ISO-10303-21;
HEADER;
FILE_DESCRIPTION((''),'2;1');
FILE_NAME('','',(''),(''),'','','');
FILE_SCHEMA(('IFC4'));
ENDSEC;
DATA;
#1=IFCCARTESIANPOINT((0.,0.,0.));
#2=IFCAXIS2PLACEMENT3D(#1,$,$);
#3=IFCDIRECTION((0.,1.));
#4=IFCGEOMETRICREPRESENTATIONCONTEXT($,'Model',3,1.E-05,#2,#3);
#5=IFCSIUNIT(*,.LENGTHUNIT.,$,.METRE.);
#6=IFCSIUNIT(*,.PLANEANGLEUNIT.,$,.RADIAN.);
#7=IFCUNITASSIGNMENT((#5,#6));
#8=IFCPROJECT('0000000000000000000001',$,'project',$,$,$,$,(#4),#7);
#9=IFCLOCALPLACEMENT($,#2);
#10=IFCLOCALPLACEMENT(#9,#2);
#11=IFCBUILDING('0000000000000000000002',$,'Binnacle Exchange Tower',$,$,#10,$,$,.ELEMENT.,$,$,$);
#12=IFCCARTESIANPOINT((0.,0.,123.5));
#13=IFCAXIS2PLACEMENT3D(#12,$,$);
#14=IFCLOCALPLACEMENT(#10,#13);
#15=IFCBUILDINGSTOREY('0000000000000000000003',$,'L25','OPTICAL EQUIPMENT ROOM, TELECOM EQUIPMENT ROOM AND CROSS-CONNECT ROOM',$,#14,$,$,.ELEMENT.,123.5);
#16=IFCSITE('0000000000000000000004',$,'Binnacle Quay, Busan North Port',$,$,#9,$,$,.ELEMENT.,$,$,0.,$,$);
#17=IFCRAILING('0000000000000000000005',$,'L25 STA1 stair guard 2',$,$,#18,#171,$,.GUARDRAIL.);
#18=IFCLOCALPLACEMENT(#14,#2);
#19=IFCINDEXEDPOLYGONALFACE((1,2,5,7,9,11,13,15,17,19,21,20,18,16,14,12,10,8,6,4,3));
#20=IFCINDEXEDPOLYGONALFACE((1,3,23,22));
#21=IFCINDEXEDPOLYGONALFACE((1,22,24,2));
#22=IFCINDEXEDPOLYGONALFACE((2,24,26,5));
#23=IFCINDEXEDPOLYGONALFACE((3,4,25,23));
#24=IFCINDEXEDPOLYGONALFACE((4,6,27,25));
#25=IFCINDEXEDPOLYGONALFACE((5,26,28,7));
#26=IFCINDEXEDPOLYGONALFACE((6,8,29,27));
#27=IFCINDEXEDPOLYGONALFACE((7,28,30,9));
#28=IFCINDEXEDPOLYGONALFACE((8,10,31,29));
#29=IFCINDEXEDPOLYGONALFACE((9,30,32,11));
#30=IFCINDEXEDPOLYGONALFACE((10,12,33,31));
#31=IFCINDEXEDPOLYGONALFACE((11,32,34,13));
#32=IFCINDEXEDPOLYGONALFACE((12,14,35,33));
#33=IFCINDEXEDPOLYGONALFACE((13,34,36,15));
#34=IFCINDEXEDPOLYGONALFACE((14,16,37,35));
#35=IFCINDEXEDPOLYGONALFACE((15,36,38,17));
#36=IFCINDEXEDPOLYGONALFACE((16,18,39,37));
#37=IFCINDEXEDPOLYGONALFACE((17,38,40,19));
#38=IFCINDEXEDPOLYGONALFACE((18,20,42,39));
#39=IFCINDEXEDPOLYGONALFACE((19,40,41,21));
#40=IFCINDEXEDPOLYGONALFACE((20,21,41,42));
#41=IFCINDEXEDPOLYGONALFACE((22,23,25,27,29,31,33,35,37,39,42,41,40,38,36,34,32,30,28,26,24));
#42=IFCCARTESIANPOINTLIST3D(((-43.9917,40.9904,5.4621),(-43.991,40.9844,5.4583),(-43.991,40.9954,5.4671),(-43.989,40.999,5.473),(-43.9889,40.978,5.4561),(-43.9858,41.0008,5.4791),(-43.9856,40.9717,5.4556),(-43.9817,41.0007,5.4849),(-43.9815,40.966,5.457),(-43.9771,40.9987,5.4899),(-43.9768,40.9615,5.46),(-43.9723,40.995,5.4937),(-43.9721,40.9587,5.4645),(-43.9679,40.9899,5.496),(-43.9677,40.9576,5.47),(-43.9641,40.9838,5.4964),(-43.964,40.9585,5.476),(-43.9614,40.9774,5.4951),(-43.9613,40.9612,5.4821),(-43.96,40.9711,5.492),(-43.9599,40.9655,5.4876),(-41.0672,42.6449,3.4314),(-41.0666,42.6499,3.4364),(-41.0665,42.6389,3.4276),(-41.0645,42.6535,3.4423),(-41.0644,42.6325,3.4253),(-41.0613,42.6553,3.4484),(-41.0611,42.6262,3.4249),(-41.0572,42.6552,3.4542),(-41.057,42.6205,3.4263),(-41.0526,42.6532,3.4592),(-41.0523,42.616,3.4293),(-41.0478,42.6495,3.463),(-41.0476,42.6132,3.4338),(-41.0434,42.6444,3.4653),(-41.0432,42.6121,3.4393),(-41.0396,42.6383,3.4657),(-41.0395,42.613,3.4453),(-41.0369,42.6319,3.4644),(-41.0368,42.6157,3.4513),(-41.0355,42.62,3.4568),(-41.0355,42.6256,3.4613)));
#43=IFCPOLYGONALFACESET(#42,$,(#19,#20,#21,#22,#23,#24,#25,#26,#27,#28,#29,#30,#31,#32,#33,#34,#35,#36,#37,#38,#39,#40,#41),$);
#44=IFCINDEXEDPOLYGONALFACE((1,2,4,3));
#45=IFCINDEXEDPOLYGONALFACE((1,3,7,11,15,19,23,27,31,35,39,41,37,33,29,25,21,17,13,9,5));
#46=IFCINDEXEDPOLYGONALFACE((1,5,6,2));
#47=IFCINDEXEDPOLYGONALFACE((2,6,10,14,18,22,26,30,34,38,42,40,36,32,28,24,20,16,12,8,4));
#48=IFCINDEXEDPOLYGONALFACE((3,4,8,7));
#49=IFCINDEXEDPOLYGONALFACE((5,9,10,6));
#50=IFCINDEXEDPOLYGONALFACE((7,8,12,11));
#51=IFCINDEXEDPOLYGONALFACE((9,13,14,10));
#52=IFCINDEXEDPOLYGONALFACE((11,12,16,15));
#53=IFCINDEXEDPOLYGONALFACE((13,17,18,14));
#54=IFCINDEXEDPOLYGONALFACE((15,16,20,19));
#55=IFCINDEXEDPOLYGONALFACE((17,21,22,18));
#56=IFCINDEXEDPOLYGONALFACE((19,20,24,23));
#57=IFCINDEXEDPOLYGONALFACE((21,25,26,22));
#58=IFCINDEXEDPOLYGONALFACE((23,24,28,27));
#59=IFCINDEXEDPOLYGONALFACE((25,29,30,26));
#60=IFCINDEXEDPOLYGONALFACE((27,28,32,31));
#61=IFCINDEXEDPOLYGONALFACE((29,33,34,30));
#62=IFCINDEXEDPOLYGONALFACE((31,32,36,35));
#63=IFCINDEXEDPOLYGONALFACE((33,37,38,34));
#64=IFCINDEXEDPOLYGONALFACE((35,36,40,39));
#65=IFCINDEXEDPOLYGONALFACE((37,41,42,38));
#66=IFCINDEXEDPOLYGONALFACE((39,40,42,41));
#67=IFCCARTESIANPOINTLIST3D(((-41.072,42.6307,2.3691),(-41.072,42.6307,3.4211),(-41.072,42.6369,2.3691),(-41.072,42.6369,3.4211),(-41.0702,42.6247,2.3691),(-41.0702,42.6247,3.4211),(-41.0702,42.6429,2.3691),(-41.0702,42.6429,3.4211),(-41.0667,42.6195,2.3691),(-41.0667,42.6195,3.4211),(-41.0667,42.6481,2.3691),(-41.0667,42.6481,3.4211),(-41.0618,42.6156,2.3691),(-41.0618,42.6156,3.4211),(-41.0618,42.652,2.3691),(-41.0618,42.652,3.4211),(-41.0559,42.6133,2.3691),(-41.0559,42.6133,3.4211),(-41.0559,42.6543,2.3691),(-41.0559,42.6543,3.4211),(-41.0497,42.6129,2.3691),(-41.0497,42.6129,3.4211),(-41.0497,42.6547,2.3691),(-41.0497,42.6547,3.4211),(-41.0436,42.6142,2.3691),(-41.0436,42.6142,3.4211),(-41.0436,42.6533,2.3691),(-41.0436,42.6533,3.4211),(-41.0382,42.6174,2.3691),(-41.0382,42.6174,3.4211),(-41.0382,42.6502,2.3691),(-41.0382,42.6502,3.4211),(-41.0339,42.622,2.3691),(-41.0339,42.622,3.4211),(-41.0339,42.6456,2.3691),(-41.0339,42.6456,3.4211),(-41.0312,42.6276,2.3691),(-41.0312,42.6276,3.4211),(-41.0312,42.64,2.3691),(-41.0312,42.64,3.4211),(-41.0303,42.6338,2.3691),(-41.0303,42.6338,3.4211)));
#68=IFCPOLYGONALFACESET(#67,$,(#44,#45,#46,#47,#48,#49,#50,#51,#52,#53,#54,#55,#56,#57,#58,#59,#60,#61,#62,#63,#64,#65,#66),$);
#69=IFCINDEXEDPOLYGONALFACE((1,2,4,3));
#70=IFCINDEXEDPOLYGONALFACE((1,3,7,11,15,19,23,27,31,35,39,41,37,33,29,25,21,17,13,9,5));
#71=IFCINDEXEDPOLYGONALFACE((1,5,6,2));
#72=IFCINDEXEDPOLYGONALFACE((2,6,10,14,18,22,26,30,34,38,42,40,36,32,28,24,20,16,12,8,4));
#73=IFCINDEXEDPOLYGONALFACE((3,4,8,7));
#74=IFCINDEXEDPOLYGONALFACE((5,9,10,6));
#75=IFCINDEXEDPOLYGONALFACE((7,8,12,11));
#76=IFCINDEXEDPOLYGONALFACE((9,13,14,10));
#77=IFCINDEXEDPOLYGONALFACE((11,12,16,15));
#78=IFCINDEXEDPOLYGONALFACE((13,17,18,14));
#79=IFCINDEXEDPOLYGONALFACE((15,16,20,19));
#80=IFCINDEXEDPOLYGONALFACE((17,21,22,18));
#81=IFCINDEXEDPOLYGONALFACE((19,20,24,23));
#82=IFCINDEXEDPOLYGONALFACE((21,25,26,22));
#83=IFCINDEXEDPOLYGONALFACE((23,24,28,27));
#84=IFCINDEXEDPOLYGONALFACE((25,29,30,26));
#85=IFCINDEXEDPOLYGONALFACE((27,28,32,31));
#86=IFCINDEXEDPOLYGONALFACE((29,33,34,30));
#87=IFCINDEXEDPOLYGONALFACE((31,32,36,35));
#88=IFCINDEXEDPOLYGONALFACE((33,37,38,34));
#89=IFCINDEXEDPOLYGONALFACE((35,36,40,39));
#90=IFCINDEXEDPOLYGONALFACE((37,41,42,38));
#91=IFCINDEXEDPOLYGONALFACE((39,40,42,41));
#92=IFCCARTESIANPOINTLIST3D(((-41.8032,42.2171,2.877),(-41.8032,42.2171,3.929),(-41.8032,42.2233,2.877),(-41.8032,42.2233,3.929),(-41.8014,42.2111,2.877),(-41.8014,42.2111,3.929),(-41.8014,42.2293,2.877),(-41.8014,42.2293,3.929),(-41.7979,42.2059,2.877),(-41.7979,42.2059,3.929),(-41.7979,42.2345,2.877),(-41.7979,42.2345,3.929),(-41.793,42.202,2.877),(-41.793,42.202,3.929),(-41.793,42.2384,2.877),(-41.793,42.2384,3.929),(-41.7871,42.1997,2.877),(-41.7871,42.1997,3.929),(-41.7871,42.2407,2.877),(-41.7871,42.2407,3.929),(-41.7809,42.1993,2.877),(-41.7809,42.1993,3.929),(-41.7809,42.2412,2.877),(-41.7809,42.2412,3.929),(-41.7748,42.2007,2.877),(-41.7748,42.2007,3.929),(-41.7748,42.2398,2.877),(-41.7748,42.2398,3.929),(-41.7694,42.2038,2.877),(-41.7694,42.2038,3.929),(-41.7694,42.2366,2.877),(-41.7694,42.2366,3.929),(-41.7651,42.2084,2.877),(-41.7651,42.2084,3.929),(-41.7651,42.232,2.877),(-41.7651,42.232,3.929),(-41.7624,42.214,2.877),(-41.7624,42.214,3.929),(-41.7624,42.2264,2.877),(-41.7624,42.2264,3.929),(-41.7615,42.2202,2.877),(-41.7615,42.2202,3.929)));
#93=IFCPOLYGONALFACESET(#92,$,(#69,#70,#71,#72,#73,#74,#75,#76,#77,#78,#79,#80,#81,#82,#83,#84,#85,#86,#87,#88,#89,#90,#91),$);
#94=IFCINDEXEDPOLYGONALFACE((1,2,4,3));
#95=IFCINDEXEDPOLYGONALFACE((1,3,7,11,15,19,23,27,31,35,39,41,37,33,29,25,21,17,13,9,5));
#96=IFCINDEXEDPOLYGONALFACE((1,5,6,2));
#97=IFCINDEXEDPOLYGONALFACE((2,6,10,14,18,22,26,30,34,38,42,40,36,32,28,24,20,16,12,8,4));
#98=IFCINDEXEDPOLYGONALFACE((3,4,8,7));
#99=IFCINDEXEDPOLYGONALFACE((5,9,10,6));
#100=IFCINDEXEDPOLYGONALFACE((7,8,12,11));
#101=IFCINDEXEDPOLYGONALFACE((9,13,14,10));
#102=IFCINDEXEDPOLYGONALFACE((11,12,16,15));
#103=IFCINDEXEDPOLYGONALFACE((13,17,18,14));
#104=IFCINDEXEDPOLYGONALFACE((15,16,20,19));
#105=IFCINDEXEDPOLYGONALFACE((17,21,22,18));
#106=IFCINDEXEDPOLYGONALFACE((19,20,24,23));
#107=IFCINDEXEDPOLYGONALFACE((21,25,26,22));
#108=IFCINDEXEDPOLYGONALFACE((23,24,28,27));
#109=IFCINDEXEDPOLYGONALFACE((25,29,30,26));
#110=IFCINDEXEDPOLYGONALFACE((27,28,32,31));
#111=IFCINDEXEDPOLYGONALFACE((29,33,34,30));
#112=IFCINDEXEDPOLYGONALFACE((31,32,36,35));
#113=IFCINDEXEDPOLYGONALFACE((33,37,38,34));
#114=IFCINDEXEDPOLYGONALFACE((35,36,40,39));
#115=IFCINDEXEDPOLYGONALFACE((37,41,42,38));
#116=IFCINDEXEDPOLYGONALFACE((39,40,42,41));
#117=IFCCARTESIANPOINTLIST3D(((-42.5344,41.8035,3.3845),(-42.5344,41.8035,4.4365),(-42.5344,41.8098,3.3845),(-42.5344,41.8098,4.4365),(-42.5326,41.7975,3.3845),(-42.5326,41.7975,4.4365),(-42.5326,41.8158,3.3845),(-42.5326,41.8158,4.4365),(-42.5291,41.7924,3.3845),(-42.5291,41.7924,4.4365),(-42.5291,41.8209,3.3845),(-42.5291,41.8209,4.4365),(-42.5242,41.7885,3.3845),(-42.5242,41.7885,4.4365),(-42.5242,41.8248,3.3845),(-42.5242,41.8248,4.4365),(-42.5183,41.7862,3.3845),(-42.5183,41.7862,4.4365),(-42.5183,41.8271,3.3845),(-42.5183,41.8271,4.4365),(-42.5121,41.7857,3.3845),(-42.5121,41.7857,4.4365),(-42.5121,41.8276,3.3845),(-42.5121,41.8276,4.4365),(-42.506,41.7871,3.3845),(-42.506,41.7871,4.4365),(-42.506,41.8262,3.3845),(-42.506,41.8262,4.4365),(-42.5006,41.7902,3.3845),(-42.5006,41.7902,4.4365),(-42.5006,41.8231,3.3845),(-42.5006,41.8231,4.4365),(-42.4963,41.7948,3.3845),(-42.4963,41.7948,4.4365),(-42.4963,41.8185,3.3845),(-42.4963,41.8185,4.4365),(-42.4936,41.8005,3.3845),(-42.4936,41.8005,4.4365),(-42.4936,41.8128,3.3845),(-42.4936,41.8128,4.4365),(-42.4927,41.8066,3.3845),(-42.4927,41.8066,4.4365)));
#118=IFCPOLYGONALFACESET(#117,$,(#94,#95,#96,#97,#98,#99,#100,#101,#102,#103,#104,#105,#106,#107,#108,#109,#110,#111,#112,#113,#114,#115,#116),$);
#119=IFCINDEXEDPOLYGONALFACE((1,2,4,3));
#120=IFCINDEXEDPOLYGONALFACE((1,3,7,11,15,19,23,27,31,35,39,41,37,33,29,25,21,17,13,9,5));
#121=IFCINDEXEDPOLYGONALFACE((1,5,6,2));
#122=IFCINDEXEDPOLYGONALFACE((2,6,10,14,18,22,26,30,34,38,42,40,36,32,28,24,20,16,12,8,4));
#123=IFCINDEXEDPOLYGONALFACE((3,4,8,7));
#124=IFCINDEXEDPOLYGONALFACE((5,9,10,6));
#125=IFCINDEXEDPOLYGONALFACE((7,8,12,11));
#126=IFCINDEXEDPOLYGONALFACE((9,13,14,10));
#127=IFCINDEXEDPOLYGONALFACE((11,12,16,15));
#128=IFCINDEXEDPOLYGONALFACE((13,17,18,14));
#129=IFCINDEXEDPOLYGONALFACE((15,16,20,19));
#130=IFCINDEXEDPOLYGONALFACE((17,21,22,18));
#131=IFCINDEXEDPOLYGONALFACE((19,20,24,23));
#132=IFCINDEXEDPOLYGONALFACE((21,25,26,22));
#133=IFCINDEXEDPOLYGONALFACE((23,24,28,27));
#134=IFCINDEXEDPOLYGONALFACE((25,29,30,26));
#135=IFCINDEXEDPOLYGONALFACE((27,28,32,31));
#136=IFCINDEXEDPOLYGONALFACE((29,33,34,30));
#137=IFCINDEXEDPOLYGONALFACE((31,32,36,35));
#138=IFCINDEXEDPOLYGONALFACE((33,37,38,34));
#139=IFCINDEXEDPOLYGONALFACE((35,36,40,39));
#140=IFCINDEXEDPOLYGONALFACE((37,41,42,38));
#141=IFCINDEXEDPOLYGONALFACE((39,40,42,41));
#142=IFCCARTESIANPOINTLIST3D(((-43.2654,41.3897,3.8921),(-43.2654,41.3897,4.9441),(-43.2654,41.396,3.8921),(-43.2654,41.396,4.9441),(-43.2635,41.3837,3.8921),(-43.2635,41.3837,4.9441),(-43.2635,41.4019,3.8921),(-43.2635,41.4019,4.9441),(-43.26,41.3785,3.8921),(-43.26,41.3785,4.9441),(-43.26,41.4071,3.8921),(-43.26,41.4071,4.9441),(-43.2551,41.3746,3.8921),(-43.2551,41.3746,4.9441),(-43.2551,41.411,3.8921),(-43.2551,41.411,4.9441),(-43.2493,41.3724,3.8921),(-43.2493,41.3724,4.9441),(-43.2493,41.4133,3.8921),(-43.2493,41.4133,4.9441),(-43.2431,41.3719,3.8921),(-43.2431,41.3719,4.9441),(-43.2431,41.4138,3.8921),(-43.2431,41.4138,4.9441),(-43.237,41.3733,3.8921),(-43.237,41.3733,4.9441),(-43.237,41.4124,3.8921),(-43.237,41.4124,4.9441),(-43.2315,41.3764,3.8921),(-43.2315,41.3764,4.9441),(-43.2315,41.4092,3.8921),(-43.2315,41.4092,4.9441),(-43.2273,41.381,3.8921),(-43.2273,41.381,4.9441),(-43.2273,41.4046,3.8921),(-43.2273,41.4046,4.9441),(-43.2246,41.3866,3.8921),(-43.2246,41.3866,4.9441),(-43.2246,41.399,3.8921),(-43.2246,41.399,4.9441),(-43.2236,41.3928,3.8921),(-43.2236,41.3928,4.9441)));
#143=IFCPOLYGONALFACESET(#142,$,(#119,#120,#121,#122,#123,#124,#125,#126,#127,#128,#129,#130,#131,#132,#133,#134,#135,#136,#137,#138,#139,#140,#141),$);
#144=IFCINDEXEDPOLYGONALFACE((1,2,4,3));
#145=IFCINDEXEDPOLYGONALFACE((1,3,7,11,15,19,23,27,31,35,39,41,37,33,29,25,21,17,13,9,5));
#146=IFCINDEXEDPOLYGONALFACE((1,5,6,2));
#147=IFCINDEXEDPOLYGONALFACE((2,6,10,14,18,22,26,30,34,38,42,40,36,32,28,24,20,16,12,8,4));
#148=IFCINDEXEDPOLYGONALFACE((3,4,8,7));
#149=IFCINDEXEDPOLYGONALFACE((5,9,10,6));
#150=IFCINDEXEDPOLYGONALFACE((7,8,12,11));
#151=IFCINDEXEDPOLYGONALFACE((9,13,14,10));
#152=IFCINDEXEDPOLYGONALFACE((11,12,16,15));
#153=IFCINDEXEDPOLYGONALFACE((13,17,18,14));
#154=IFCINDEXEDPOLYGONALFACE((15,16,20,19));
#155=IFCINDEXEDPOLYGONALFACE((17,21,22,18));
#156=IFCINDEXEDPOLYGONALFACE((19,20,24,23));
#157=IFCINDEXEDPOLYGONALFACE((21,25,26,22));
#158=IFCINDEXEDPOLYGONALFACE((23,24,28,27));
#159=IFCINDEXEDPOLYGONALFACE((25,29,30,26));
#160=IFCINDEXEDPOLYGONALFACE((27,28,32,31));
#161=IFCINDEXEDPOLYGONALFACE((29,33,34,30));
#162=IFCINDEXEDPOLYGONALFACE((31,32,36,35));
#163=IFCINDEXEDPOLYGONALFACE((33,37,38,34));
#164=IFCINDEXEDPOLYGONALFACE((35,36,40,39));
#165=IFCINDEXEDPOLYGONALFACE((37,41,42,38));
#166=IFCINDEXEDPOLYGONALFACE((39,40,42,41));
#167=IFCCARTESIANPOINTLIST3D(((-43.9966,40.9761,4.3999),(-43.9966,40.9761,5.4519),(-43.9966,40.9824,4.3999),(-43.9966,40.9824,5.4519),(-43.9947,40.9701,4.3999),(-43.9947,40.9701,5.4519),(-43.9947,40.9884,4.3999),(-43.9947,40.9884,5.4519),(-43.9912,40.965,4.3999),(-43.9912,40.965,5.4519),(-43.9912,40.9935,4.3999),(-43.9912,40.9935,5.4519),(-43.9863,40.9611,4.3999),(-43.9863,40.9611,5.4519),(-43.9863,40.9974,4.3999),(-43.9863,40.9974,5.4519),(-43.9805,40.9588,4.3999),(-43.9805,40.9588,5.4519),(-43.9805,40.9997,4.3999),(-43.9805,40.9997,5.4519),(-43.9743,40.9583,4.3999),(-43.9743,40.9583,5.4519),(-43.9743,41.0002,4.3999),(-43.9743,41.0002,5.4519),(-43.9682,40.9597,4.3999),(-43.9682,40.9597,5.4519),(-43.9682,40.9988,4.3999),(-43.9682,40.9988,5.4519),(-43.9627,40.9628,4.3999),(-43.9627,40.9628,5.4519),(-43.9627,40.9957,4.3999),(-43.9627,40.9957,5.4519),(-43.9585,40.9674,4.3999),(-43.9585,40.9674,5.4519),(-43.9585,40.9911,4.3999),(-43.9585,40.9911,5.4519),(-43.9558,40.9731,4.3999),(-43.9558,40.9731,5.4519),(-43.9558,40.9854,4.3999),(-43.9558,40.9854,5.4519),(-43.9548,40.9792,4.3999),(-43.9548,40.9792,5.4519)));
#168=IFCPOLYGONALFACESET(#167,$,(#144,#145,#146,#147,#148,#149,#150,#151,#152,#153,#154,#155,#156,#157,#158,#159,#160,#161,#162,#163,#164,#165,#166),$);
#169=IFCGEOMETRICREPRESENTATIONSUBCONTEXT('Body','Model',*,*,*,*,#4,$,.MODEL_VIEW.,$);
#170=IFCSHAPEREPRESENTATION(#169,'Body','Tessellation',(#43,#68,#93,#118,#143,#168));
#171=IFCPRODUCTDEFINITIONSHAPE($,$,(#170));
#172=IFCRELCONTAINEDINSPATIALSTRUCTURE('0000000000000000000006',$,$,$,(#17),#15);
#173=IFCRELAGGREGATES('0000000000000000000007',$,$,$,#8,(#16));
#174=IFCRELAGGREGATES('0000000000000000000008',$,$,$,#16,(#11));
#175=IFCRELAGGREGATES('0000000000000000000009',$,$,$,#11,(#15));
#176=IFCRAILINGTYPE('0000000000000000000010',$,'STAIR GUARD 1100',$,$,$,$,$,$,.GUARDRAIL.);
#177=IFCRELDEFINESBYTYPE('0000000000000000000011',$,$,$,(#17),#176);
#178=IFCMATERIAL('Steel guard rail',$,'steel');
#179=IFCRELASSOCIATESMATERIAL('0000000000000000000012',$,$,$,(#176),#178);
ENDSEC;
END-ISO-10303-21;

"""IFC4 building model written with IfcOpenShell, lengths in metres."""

from ifc_helpers import new_model, si_unit, direction, frame, origin, origin_2d, place, context, subcontext, project, spatial, circle, extrude, material, type_object, element, save


model = new_model("IFC4")

# Units and contexts
model_context = context("Model", 3, precision=1e-05, world=origin(), true_north=direction((0.0, 1.0)))
body_context = subcontext(model_context, "Body", "Model", "MODEL_VIEW")
ifc_project = project(units=[si_unit("LENGTHUNIT", "METRE"), si_unit("PLANEANGLEUNIT", "RADIAN")], contexts=[model_context])

# Site, building, storey
site_placement = place(None, origin())
site = spatial("IfcSite", under=ifc_project, at=site_placement, Name="Binnacle Quay, Busan North Port", CompositionType="ELEMENT", RefElevation=0.0)
building_placement = place(site_placement, origin())
building = spatial("IfcBuilding", under=site, at=building_placement, Name="Binnacle Exchange Tower", CompositionType="ELEMENT")
storey_placement = place(building_placement, frame((0.0, 0.0, 123.5)))
storey = spatial("IfcBuildingStorey", under=building, at=storey_placement, Name="L25", Description="OPTICAL EQUIPMENT ROOM, TELECOM EQUIPMENT ROOM AND CROSS-CONNECT ROOM", CompositionType="ELEMENT", Elevation=123.5)

# Railing
ifc_material_1 = material(Name="Steel guard rail", Category="steel")
railing_type_1 = type_object("IfcRailingType", Name="STAIR GUARD 1100", PredefinedType="GUARDRAIL", material=ifc_material_1)
railing_1_placement = place(storey_placement, frame((-41.0513, 42.6338, 2.3691)))
element("IfcRailing", 1, at=railing_1_placement, inside=storey, type_object=railing_type_1, Name="L25 STA1 stair guard 2", PredefinedType="GUARDRAIL", context=body_context, shape_type="SweptSolid", body=[
    extrude(circle(Radius=0.0239, at=origin_2d()), frame((0.0, 0.0, 1.0762), z_axis=(-0.744895, -0.421417, 0.517242), x_axis=(0.492402, -0.870368, 0.0)), (0.0, 0.0, 1.0), 3.926),
    extrude(circle(Radius=0.021, at=origin_2d()), origin(), (0.0, 0.0, 1.0), 1.052),
    extrude(circle(Radius=0.021, at=origin_2d()), frame((-0.7312, -0.4136, 0.5078)), (0.0, 0.0, 1.0), 1.052),
    extrude(circle(Radius=0.021, at=origin_2d()), frame((-1.4624, -0.8271, 1.0154)), (0.0, 0.0, 1.0), 1.052),
    extrude(circle(Radius=0.021, at=origin_2d()), frame((-2.1934, -1.241, 1.5229)), (0.0, 0.0, 1.0), 1.052),
    extrude(circle(Radius=0.021, at=origin_2d()), frame((-2.9246, -1.6545, 2.0308)), (0.0, 0.0, 1.0), 1.052),
])

save(model, "model.ifc")
